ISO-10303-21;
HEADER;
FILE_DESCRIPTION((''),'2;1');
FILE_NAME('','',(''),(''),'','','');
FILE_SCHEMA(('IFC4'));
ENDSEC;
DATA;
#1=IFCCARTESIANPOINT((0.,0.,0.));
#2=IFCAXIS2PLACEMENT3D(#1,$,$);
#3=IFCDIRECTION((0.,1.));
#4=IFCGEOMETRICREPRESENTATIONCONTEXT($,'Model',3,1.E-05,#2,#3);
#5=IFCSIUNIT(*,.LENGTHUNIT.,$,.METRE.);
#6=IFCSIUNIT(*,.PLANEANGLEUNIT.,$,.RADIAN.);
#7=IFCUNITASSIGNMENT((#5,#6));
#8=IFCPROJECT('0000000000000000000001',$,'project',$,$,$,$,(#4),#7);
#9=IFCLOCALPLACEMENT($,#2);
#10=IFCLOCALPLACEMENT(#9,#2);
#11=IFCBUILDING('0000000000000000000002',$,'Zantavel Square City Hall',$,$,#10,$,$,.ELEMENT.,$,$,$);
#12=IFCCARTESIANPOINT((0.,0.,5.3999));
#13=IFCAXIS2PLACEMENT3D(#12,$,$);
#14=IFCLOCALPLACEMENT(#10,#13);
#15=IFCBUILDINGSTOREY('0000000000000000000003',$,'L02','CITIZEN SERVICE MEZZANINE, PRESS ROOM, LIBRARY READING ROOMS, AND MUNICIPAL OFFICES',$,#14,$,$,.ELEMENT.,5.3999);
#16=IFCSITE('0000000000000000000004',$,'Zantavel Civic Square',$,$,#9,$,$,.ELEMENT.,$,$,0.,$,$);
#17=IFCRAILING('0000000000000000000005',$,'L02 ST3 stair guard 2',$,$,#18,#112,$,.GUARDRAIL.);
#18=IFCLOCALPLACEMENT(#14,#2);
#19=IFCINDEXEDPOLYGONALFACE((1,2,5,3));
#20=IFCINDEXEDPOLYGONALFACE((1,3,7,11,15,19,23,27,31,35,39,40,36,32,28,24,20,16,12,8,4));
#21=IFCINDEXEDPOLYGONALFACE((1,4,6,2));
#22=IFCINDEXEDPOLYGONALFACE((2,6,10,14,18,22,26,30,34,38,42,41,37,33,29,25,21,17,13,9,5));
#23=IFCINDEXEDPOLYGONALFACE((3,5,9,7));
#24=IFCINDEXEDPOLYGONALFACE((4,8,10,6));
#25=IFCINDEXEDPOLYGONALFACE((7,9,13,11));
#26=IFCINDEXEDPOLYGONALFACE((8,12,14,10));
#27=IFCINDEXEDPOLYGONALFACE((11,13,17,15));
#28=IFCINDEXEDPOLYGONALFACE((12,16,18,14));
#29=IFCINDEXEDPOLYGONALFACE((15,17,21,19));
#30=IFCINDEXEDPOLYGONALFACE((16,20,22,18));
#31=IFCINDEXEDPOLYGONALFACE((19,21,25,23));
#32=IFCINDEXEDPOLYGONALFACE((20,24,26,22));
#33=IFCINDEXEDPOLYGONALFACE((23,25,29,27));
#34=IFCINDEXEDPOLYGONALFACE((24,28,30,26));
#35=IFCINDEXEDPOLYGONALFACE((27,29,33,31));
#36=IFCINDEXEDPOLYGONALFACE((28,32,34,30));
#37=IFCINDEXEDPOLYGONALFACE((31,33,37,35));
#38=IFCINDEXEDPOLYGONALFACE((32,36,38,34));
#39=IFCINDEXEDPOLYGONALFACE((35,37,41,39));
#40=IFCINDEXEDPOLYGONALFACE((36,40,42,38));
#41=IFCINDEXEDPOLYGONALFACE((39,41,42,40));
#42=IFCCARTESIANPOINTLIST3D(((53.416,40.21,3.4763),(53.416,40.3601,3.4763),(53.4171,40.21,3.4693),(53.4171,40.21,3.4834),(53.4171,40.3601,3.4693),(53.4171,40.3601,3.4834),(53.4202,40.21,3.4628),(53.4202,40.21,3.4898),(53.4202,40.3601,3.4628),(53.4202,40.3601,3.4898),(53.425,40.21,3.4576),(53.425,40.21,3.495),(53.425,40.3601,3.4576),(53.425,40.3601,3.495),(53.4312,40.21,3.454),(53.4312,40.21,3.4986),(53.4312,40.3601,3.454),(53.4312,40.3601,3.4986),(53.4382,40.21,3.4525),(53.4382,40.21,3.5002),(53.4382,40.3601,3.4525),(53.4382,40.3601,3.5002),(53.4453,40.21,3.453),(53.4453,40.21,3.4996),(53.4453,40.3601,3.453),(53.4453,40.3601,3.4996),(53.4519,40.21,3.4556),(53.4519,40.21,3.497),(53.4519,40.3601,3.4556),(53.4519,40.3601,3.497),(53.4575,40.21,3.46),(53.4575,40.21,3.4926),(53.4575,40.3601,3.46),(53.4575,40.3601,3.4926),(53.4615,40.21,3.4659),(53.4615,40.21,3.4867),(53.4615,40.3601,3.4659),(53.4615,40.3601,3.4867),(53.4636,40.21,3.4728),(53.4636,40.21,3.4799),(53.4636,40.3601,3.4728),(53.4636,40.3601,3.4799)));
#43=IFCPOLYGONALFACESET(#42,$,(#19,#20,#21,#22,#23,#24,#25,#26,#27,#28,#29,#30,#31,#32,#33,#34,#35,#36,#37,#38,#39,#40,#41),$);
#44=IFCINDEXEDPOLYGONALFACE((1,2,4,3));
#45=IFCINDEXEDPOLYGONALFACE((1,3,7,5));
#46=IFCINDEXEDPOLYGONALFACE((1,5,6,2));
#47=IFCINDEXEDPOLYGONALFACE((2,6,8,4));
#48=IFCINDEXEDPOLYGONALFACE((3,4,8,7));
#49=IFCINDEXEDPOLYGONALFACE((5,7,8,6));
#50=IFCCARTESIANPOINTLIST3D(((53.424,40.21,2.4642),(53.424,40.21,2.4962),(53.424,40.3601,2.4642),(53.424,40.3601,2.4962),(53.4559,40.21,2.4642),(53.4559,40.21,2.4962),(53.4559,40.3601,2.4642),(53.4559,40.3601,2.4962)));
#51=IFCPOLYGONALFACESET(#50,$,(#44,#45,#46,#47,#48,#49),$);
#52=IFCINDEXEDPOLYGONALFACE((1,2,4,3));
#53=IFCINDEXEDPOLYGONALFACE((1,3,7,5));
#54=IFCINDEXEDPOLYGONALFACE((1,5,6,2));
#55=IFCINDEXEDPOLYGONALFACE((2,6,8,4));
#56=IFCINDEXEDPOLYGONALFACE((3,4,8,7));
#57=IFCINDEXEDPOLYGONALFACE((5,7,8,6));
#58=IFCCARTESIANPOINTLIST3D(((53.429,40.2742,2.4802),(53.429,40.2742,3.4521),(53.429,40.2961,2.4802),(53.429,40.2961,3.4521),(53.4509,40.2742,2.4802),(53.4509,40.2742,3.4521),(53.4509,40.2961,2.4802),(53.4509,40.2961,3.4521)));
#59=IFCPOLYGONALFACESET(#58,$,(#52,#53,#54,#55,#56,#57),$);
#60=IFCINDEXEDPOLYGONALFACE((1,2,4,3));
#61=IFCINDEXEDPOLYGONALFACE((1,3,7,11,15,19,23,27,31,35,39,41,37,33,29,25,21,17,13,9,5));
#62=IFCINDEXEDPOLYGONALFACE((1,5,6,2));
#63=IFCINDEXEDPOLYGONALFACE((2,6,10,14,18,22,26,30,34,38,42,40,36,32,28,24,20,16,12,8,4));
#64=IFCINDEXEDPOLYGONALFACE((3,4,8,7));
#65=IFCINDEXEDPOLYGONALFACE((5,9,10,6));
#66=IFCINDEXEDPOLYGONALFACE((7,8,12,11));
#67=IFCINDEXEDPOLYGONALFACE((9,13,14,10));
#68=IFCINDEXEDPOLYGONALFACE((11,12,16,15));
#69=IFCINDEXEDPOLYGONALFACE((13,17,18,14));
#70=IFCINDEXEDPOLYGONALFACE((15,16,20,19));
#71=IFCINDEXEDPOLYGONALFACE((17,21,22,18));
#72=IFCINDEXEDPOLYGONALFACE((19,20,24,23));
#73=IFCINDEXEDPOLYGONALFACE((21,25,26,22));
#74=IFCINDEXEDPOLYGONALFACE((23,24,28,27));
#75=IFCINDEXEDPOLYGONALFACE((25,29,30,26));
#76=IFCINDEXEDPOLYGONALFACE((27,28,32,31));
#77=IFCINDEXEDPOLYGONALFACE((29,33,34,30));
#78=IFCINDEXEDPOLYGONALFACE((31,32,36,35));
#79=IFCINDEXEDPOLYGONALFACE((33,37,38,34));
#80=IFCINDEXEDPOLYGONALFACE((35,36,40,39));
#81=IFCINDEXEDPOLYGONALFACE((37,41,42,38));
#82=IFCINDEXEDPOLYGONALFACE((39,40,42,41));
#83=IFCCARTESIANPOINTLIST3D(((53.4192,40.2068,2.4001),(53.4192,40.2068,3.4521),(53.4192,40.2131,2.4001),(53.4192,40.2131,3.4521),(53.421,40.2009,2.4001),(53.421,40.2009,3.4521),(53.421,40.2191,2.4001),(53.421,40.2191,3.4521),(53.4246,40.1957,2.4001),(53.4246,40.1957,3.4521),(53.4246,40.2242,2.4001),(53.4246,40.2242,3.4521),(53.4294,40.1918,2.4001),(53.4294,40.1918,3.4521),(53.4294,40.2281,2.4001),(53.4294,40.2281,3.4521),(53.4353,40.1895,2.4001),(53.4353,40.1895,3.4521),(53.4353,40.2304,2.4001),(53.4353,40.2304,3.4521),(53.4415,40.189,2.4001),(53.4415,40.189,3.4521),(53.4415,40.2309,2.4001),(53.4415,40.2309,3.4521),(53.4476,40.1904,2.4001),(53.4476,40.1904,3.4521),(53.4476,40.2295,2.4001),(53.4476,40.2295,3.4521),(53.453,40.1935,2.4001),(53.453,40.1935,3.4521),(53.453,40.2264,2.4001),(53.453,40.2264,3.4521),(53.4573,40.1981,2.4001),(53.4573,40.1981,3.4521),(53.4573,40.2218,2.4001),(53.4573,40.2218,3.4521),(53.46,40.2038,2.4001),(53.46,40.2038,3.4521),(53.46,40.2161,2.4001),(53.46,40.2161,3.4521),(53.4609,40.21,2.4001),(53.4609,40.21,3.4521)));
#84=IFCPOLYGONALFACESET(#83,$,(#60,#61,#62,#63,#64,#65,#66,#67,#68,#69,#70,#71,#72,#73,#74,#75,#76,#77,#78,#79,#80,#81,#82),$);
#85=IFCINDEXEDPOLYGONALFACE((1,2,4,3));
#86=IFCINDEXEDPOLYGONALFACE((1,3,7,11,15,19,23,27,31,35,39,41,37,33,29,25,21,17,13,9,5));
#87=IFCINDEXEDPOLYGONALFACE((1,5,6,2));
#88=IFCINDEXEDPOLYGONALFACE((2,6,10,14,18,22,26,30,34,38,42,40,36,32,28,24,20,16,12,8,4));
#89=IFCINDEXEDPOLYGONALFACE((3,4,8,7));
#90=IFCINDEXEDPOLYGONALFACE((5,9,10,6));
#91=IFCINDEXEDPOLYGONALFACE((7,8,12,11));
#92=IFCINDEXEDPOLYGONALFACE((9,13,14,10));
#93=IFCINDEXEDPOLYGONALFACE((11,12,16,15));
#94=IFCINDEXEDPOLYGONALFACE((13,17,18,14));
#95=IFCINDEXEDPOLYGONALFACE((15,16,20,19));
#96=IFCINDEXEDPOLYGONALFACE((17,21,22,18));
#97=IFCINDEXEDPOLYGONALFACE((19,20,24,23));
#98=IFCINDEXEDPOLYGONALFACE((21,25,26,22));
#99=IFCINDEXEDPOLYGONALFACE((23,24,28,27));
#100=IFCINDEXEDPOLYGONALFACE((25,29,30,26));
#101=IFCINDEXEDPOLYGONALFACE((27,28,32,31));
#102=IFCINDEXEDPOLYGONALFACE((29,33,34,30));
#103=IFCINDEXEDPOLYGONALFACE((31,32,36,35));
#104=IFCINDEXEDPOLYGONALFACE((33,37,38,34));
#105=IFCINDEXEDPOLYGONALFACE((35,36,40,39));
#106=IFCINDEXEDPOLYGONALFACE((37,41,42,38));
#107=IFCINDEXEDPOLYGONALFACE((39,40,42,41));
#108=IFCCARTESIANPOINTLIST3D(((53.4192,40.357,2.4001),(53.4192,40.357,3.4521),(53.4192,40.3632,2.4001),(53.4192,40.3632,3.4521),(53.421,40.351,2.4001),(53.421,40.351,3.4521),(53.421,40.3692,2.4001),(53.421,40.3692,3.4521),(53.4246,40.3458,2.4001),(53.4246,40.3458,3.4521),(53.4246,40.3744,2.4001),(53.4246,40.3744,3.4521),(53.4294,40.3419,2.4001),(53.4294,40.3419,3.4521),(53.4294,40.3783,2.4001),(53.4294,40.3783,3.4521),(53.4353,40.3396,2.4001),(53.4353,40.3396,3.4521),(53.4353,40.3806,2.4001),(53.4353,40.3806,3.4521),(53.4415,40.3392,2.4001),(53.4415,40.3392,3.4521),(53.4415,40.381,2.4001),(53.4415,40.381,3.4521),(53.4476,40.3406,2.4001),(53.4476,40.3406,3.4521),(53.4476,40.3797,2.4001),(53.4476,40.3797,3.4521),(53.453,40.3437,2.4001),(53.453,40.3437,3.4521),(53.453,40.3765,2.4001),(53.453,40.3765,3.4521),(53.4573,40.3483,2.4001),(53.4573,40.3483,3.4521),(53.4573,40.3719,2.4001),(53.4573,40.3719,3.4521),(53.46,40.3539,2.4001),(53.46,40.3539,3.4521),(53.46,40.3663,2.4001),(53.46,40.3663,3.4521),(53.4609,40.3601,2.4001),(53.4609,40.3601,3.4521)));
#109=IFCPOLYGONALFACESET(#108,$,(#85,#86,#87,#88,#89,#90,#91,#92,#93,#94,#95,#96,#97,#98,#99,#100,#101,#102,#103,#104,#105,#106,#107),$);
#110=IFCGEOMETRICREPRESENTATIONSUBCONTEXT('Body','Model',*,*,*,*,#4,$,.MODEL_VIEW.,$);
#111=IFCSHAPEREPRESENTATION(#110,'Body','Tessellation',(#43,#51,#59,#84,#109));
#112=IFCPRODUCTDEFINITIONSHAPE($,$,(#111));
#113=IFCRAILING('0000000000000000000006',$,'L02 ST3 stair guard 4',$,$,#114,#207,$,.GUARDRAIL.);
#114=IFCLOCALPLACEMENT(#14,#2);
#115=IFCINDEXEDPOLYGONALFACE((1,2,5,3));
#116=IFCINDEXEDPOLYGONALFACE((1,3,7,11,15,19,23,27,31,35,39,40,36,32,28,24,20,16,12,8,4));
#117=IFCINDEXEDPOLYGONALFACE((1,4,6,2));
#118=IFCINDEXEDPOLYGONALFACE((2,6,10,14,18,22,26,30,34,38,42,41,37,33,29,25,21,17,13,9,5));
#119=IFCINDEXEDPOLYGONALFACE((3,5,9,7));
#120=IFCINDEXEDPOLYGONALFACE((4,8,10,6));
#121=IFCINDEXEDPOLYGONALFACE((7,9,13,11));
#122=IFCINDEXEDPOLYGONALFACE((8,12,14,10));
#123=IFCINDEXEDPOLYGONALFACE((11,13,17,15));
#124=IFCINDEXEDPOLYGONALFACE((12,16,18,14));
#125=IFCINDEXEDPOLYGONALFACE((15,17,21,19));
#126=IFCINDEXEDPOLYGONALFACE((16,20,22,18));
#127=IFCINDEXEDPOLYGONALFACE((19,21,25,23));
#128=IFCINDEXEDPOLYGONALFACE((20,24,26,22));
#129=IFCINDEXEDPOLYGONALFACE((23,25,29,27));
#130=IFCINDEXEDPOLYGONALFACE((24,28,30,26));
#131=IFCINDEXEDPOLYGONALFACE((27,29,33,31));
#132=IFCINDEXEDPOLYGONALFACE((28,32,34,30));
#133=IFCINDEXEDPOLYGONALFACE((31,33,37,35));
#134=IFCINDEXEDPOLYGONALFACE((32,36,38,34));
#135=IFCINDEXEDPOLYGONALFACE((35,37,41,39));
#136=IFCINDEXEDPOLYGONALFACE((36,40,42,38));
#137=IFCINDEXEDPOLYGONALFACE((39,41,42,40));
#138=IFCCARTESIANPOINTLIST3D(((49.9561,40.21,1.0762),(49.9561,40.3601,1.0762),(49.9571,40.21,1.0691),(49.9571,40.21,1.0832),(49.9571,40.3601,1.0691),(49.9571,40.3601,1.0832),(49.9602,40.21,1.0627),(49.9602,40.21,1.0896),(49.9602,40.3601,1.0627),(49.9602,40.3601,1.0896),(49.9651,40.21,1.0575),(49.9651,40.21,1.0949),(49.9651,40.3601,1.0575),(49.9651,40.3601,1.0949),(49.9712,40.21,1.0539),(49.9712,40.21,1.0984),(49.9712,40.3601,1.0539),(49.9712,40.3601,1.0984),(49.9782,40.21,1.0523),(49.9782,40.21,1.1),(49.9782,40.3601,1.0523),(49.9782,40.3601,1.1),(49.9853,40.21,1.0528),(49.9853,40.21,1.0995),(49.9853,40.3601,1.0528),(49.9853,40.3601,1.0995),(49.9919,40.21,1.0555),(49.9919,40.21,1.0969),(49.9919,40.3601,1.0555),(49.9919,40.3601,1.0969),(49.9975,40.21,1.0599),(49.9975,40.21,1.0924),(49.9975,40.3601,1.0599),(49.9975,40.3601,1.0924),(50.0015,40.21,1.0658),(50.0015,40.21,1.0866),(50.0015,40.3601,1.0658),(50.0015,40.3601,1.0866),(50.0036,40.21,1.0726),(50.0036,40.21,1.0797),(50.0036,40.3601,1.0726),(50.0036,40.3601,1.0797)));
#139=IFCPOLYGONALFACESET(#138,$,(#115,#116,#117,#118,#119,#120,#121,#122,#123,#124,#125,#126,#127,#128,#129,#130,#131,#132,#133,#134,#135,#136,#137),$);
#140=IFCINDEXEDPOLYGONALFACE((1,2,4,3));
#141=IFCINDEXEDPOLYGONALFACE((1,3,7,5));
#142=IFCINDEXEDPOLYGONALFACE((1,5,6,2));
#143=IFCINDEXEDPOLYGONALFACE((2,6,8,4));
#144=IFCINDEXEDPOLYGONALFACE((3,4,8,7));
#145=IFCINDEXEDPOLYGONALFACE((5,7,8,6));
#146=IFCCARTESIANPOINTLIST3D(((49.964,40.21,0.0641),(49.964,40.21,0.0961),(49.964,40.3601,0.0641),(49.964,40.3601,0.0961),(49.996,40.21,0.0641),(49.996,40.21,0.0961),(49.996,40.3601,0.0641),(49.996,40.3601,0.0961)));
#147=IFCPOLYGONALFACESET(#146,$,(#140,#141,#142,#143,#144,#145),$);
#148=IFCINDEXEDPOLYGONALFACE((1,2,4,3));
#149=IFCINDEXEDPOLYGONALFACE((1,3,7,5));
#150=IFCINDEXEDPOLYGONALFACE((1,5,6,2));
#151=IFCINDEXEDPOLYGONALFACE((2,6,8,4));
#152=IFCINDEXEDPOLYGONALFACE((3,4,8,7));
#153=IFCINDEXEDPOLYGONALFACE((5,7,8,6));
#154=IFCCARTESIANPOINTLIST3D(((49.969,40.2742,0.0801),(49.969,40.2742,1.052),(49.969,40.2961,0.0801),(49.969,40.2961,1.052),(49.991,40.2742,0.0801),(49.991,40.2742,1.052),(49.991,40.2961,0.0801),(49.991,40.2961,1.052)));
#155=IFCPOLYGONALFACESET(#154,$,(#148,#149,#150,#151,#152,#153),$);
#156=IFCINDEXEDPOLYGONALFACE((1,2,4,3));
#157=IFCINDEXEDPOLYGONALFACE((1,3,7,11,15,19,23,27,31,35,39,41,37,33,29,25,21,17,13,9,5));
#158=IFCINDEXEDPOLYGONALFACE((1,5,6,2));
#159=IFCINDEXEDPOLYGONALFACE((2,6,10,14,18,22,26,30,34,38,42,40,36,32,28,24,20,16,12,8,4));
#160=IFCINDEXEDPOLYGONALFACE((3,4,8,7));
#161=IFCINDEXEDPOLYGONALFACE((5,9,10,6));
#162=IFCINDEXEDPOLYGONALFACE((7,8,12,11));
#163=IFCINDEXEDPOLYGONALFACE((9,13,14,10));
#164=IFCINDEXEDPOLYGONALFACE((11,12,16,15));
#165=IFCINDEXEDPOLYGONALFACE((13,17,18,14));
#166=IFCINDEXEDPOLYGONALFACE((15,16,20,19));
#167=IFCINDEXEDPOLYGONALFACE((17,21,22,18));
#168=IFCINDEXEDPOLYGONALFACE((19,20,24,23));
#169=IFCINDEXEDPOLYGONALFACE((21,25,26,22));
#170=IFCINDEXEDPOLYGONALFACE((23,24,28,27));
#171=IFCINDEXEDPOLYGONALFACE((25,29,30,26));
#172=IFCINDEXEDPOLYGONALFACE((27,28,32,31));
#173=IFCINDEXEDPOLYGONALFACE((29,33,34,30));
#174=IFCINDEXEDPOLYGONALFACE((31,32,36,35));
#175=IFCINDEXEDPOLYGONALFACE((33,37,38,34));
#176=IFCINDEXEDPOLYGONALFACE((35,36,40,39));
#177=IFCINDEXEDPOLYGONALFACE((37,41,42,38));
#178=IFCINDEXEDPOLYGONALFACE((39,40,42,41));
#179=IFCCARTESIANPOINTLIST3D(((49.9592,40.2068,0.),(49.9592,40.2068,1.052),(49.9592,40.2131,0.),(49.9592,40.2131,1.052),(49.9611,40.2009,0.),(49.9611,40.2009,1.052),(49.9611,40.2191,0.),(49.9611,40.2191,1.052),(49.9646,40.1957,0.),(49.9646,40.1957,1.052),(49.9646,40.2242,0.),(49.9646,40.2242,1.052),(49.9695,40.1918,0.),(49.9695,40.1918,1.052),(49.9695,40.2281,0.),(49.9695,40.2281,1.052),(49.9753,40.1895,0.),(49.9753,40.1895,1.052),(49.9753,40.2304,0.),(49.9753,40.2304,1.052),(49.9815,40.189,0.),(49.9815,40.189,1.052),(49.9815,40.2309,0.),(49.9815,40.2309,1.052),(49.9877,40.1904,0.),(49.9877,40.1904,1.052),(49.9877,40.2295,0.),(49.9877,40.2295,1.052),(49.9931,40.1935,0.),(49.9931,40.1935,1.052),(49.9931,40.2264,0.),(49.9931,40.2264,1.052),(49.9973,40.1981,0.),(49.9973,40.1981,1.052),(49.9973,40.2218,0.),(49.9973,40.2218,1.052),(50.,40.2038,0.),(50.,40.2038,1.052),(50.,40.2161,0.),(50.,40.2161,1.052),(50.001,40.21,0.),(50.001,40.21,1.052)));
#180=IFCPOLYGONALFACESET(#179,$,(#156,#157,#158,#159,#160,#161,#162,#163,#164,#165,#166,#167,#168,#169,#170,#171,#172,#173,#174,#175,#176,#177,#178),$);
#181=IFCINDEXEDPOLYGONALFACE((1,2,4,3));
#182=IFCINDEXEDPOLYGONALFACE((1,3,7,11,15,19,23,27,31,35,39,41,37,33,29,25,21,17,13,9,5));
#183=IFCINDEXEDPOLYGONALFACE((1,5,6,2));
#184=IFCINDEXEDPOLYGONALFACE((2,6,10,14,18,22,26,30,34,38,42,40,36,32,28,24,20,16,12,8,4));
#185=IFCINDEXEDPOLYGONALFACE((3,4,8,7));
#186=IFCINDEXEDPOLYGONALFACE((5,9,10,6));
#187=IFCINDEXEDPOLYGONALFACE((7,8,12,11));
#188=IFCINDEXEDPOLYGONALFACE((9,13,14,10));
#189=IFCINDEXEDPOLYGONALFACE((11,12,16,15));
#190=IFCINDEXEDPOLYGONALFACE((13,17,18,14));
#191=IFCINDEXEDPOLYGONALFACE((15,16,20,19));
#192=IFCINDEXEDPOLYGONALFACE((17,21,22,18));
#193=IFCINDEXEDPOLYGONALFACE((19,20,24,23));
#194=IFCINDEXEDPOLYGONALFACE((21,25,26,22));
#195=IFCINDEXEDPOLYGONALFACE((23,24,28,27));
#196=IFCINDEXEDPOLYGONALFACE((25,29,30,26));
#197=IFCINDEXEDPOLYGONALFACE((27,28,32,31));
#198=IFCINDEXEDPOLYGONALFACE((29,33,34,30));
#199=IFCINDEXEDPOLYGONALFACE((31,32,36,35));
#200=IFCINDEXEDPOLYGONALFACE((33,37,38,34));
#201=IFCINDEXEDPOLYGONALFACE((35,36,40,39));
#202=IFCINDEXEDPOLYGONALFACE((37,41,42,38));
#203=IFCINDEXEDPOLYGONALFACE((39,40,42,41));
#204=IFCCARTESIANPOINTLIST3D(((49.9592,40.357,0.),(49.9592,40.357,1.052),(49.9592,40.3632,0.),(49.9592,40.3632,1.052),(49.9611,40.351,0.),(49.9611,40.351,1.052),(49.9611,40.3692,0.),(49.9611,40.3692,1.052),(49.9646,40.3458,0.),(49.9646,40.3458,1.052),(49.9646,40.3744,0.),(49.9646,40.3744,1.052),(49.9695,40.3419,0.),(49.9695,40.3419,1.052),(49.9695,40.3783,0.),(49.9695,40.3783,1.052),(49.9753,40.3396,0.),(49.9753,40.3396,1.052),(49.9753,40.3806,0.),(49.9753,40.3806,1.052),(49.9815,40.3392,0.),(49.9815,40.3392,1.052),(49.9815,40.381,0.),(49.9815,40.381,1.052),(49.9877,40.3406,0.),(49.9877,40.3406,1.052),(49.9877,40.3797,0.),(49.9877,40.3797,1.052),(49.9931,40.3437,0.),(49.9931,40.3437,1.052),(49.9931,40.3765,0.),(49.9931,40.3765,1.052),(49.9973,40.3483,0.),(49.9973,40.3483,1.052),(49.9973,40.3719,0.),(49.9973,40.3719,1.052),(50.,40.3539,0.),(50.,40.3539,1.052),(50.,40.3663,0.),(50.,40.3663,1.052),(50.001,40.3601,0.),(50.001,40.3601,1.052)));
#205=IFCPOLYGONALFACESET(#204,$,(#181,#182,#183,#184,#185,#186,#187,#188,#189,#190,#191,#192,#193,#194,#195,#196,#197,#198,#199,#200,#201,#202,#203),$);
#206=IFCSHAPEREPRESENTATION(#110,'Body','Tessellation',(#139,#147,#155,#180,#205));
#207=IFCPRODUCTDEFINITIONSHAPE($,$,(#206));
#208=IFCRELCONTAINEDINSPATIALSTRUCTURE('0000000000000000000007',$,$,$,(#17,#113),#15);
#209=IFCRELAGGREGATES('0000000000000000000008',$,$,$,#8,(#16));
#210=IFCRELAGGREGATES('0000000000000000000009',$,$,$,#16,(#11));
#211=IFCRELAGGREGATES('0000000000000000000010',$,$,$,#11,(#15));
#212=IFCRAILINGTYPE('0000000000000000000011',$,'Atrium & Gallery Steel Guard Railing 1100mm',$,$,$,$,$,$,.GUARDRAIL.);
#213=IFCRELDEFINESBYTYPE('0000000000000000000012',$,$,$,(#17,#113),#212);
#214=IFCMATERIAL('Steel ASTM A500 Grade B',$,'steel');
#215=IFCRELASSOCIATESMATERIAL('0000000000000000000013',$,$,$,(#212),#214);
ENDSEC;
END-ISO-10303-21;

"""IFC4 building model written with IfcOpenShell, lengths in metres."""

from ifc_helpers import new_model, si_unit, direction, frame, origin, origin_2d, place, context, subcontext, project, spatial, rectangle, circle, extrude, material, type_object, element, save


model = new_model("IFC4")

# Units and contexts
model_context = context("Model", 3, precision=1e-05, world=origin(), true_north=direction((0.0, 1.0)))
body_context = subcontext(model_context, "Body", "Model", "MODEL_VIEW")
ifc_project = project(units=[si_unit("LENGTHUNIT", "METRE"), si_unit("PLANEANGLEUNIT", "RADIAN")], contexts=[model_context])

# Site, building, storey
site_placement = place(None, origin())
site = spatial("IfcSite", under=ifc_project, at=site_placement, Name="Zantavel Civic Square", CompositionType="ELEMENT", RefElevation=0.0)
building_placement = place(site_placement, origin())
building = spatial("IfcBuilding", under=site, at=building_placement, Name="Zantavel Square City Hall", CompositionType="ELEMENT")
storey_placement = place(building_placement, frame((0.0, 0.0, 5.3999)))
storey = spatial("IfcBuildingStorey", under=building, at=storey_placement, Name="L02", Description="CITIZEN SERVICE MEZZANINE, PRESS ROOM, LIBRARY READING ROOMS, AND MUNICIPAL OFFICES", CompositionType="ELEMENT", Elevation=5.3999)

# Shared definitions
ifc_material_1 = material(Name="Steel ASTM A500 Grade B", Category="steel")

# Railings
railing_type_1 = type_object("IfcRailingType", Name="Atrium & Gallery Steel Guard Railing 1100mm", PredefinedType="GUARDRAIL", material=ifc_material_1)
railing_1_placement = place(storey_placement, frame((53.4399, 40.21, 2.4001)))
element("IfcRailing", 1, at=railing_1_placement, inside=storey, type_object=railing_type_1, Name="L02 ST3 stair guard 2", PredefinedType="GUARDRAIL", context=body_context, shape_type="SweptSolid", body=[
    extrude(circle(Radius=0.0239, at=origin_2d()), frame((0.0, 0.0, 1.0762), z_axis=(0.0, 1.0, 0.0), x_axis=(-1.0, 0.0, 0.0)), (0.0, 0.0, 1.0), 0.1501),
    extrude(rectangle(XDim=0.032, YDim=0.032, at=origin_2d()), frame((0.0, 0.0, 0.0801), z_axis=(0.0, 1.0, 0.0), x_axis=(-1.0, 0.0, 0.0)), (0.0, 0.0, 1.0), 0.1501),
    extrude(rectangle(XDim=0.022, YDim=0.022, at=origin_2d()), frame((0.0, 0.0752, 0.0801)), (0.0, 0.0, 1.0), 0.9719),
    extrude(circle(Radius=0.021, at=origin_2d()), origin(), (0.0, 0.0, 1.0), 1.052),
    extrude(circle(Radius=0.021, at=origin_2d()), frame((0.0, 0.1501, 0.0)), (0.0, 0.0, 1.0), 1.052),
])
railing_2_placement = place(storey_placement, frame((49.98, 40.21, 0.0)))
element("IfcRailing", 2, at=railing_2_placement, inside=storey, type_object=railing_type_1, Name="L02 ST3 stair guard 4", PredefinedType="GUARDRAIL", context=body_context, shape_type="SweptSolid", body=[
    extrude(circle(Radius=0.0239, at=origin_2d()), frame((0.0, 0.0, 1.0762), z_axis=(0.0, 1.0, 0.0), x_axis=(-1.0, 0.0, 0.0)), (0.0, 0.0, 1.0), 0.1501),
    extrude(rectangle(XDim=0.032, YDim=0.032, at=origin_2d()), frame((0.0, 0.0, 0.0801), z_axis=(0.0, 1.0, 0.0), x_axis=(-1.0, 0.0, 0.0)), (0.0, 0.0, 1.0), 0.1501),
    extrude(rectangle(XDim=0.022, YDim=0.022, at=origin_2d()), frame((0.0, 0.0752, 0.0801)), (0.0, 0.0, 1.0), 0.9719),
    extrude(circle(Radius=0.021, at=origin_2d()), origin(), (0.0, 0.0, 1.0), 1.052),
    extrude(circle(Radius=0.021, at=origin_2d()), frame((0.0, 0.1501, 0.0)), (0.0, 0.0, 1.0), 1.052),
])

save(model, "model.ifc")
